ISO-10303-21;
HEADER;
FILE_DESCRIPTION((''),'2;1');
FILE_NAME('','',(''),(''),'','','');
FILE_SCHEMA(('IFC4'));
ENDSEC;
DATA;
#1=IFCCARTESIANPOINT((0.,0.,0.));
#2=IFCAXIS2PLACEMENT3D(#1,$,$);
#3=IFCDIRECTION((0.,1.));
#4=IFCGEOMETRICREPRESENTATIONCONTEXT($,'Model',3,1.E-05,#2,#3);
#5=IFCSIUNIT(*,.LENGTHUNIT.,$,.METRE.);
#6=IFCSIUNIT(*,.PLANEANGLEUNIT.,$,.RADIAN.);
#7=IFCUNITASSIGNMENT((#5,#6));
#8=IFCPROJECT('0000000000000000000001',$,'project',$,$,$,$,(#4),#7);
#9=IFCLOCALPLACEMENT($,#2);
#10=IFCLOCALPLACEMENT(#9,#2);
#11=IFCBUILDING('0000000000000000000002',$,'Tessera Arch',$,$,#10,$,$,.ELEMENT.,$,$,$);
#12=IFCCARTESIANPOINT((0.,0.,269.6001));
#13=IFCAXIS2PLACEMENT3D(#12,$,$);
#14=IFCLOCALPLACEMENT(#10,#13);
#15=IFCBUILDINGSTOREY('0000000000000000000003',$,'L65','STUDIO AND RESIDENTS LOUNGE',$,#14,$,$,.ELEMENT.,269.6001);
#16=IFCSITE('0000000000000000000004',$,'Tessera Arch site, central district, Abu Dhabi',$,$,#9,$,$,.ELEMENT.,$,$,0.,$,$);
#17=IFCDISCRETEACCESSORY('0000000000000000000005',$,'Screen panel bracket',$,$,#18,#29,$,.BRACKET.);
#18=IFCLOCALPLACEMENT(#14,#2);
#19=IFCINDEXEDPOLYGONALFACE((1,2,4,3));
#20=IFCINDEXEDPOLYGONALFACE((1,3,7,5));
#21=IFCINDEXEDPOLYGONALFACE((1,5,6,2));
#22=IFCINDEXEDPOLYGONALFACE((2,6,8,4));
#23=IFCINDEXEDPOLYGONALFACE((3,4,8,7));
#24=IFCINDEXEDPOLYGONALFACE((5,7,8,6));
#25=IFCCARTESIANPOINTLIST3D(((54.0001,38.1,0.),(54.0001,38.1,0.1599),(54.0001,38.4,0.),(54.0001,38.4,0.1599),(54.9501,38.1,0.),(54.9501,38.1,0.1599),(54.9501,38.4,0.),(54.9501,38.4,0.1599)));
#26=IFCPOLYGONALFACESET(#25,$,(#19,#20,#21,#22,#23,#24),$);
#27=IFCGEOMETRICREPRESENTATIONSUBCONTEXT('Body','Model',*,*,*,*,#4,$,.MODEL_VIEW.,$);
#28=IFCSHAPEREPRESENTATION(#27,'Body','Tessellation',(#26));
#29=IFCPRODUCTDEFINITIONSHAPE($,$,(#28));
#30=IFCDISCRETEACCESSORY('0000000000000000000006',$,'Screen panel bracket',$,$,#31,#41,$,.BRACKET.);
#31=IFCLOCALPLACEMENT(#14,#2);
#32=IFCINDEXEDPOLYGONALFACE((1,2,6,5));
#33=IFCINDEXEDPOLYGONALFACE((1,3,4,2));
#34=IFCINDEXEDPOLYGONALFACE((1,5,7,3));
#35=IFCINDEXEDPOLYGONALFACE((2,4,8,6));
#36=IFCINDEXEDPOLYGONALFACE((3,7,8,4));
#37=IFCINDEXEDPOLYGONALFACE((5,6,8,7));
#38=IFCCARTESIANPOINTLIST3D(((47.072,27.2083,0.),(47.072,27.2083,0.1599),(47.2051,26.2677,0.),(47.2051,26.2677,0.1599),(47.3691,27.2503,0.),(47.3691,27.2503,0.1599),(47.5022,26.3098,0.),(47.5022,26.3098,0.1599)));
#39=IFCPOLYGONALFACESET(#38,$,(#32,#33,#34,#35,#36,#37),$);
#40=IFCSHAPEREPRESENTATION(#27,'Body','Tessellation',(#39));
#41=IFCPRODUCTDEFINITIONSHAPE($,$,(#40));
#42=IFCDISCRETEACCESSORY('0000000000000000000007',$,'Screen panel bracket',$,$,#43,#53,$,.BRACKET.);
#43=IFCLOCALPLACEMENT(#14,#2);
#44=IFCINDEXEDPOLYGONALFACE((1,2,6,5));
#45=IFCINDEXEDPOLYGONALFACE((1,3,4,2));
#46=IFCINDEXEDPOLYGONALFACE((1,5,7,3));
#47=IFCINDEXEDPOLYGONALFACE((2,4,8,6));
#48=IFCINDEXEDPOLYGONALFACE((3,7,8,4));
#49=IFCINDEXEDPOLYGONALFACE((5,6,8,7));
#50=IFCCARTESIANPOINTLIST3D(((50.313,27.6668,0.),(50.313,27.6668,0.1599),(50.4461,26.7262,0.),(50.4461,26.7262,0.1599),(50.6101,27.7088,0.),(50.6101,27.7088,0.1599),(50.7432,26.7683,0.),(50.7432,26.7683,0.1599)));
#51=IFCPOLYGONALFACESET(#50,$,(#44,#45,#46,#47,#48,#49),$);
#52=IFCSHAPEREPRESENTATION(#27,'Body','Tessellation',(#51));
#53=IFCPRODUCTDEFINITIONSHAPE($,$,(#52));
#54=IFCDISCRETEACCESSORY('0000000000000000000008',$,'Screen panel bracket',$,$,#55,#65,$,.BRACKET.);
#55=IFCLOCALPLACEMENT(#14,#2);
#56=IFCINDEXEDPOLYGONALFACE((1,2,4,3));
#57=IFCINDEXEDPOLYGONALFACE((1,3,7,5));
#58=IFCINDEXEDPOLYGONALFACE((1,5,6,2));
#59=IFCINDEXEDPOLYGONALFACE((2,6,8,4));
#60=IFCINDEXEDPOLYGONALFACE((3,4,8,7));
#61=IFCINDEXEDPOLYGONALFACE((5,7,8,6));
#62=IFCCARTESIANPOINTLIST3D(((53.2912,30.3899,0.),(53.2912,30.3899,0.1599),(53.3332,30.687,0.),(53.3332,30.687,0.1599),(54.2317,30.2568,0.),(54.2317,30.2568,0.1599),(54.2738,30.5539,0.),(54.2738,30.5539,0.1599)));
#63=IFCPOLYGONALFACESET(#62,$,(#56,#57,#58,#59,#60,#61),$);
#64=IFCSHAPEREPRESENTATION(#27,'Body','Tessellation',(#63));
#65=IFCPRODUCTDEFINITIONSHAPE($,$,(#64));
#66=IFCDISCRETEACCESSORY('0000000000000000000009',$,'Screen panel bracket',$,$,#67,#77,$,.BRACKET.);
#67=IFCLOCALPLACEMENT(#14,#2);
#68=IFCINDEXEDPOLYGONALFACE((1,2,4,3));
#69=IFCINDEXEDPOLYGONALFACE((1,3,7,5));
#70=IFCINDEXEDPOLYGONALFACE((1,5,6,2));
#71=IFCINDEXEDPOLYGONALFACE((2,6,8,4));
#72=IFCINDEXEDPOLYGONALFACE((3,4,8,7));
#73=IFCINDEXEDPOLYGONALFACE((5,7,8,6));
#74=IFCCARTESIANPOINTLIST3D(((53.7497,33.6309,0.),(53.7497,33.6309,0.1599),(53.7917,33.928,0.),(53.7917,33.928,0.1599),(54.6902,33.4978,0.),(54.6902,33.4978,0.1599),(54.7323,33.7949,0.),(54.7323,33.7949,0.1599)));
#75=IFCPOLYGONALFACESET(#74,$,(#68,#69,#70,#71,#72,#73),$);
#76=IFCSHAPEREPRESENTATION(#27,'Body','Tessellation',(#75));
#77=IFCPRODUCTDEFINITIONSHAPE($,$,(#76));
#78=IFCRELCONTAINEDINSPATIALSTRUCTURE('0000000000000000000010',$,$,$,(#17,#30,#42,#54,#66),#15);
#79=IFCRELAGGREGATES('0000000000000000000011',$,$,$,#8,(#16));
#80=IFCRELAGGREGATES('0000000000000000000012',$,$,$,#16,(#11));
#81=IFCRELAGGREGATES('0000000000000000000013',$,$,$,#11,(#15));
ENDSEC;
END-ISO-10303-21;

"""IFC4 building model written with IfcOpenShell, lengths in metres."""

from ifc_helpers import new_model, si_unit, direction, frame, origin, origin_2d, place, context, subcontext, project, spatial, rectangle, extrude, element, save


model = new_model("IFC4")

# Units and contexts
model_context = context("Model", 3, precision=1e-05, world=origin(), true_north=direction((0.0, 1.0)))
body_context = subcontext(model_context, "Body", "Model", "MODEL_VIEW")
ifc_project = project(units=[si_unit("LENGTHUNIT", "METRE"), si_unit("PLANEANGLEUNIT", "RADIAN")], contexts=[model_context])

# Site, building, storey
site_placement = place(None, origin())
site = spatial("IfcSite", under=ifc_project, at=site_placement, Name="Tessera Arch site, central district, Abu Dhabi", CompositionType="ELEMENT", RefElevation=0.0)
building_placement = place(site_placement, origin())
building = spatial("IfcBuilding", under=site, at=building_placement, Name="Tessera Arch", CompositionType="ELEMENT")
storey_placement = place(building_placement, frame((0.0, 0.0, 269.6001)))
storey = spatial("IfcBuildingStorey", under=building, at=storey_placement, Name="L65", Description="STUDIO AND RESIDENTS LOUNGE", CompositionType="ELEMENT", Elevation=269.6001)

# Discrete accessories
for number, where, z_axis, x_axis, name in (
    (1, (54.4751, 38.25, 0.0), (0.0, 0.0, 1.0), (1.0, 0.0, 0.0), "Screen panel bracket"),
    (2, (47.2871, 26.759, 0.0), (0.0, 0.0, 1.0), (0.140089, -0.990139, 0.0), "Screen panel bracket"),
    (3, (50.5281, 27.2175, 0.0), (0.0, 0.0, 1.0), (0.140089, -0.990139, 0.0), "Screen panel bracket"),
    (4, (53.7825, 30.4719, 0.0), (0.0, 0.0, 1.0), (0.990139, -0.140089, 0.0), "Screen panel bracket"),
    (5, (54.241, 33.7129, 0.0), (0.0, 0.0, 1.0), (0.990139, -0.140089, 0.0), "Screen panel bracket"),
):
    element("IfcDiscreteAccessory", number, at=place(storey_placement, frame(where, z_axis=z_axis, x_axis=x_axis)), inside=storey, Name=name, PredefinedType="BRACKET", context=body_context, shape_type="SweptSolid", body=[
        extrude(rectangle(XDim=0.95, YDim=0.3, at=origin_2d()), origin(), (0.0, 0.0, 1.0), 0.1599),
    ])

save(model, "model.ifc")
